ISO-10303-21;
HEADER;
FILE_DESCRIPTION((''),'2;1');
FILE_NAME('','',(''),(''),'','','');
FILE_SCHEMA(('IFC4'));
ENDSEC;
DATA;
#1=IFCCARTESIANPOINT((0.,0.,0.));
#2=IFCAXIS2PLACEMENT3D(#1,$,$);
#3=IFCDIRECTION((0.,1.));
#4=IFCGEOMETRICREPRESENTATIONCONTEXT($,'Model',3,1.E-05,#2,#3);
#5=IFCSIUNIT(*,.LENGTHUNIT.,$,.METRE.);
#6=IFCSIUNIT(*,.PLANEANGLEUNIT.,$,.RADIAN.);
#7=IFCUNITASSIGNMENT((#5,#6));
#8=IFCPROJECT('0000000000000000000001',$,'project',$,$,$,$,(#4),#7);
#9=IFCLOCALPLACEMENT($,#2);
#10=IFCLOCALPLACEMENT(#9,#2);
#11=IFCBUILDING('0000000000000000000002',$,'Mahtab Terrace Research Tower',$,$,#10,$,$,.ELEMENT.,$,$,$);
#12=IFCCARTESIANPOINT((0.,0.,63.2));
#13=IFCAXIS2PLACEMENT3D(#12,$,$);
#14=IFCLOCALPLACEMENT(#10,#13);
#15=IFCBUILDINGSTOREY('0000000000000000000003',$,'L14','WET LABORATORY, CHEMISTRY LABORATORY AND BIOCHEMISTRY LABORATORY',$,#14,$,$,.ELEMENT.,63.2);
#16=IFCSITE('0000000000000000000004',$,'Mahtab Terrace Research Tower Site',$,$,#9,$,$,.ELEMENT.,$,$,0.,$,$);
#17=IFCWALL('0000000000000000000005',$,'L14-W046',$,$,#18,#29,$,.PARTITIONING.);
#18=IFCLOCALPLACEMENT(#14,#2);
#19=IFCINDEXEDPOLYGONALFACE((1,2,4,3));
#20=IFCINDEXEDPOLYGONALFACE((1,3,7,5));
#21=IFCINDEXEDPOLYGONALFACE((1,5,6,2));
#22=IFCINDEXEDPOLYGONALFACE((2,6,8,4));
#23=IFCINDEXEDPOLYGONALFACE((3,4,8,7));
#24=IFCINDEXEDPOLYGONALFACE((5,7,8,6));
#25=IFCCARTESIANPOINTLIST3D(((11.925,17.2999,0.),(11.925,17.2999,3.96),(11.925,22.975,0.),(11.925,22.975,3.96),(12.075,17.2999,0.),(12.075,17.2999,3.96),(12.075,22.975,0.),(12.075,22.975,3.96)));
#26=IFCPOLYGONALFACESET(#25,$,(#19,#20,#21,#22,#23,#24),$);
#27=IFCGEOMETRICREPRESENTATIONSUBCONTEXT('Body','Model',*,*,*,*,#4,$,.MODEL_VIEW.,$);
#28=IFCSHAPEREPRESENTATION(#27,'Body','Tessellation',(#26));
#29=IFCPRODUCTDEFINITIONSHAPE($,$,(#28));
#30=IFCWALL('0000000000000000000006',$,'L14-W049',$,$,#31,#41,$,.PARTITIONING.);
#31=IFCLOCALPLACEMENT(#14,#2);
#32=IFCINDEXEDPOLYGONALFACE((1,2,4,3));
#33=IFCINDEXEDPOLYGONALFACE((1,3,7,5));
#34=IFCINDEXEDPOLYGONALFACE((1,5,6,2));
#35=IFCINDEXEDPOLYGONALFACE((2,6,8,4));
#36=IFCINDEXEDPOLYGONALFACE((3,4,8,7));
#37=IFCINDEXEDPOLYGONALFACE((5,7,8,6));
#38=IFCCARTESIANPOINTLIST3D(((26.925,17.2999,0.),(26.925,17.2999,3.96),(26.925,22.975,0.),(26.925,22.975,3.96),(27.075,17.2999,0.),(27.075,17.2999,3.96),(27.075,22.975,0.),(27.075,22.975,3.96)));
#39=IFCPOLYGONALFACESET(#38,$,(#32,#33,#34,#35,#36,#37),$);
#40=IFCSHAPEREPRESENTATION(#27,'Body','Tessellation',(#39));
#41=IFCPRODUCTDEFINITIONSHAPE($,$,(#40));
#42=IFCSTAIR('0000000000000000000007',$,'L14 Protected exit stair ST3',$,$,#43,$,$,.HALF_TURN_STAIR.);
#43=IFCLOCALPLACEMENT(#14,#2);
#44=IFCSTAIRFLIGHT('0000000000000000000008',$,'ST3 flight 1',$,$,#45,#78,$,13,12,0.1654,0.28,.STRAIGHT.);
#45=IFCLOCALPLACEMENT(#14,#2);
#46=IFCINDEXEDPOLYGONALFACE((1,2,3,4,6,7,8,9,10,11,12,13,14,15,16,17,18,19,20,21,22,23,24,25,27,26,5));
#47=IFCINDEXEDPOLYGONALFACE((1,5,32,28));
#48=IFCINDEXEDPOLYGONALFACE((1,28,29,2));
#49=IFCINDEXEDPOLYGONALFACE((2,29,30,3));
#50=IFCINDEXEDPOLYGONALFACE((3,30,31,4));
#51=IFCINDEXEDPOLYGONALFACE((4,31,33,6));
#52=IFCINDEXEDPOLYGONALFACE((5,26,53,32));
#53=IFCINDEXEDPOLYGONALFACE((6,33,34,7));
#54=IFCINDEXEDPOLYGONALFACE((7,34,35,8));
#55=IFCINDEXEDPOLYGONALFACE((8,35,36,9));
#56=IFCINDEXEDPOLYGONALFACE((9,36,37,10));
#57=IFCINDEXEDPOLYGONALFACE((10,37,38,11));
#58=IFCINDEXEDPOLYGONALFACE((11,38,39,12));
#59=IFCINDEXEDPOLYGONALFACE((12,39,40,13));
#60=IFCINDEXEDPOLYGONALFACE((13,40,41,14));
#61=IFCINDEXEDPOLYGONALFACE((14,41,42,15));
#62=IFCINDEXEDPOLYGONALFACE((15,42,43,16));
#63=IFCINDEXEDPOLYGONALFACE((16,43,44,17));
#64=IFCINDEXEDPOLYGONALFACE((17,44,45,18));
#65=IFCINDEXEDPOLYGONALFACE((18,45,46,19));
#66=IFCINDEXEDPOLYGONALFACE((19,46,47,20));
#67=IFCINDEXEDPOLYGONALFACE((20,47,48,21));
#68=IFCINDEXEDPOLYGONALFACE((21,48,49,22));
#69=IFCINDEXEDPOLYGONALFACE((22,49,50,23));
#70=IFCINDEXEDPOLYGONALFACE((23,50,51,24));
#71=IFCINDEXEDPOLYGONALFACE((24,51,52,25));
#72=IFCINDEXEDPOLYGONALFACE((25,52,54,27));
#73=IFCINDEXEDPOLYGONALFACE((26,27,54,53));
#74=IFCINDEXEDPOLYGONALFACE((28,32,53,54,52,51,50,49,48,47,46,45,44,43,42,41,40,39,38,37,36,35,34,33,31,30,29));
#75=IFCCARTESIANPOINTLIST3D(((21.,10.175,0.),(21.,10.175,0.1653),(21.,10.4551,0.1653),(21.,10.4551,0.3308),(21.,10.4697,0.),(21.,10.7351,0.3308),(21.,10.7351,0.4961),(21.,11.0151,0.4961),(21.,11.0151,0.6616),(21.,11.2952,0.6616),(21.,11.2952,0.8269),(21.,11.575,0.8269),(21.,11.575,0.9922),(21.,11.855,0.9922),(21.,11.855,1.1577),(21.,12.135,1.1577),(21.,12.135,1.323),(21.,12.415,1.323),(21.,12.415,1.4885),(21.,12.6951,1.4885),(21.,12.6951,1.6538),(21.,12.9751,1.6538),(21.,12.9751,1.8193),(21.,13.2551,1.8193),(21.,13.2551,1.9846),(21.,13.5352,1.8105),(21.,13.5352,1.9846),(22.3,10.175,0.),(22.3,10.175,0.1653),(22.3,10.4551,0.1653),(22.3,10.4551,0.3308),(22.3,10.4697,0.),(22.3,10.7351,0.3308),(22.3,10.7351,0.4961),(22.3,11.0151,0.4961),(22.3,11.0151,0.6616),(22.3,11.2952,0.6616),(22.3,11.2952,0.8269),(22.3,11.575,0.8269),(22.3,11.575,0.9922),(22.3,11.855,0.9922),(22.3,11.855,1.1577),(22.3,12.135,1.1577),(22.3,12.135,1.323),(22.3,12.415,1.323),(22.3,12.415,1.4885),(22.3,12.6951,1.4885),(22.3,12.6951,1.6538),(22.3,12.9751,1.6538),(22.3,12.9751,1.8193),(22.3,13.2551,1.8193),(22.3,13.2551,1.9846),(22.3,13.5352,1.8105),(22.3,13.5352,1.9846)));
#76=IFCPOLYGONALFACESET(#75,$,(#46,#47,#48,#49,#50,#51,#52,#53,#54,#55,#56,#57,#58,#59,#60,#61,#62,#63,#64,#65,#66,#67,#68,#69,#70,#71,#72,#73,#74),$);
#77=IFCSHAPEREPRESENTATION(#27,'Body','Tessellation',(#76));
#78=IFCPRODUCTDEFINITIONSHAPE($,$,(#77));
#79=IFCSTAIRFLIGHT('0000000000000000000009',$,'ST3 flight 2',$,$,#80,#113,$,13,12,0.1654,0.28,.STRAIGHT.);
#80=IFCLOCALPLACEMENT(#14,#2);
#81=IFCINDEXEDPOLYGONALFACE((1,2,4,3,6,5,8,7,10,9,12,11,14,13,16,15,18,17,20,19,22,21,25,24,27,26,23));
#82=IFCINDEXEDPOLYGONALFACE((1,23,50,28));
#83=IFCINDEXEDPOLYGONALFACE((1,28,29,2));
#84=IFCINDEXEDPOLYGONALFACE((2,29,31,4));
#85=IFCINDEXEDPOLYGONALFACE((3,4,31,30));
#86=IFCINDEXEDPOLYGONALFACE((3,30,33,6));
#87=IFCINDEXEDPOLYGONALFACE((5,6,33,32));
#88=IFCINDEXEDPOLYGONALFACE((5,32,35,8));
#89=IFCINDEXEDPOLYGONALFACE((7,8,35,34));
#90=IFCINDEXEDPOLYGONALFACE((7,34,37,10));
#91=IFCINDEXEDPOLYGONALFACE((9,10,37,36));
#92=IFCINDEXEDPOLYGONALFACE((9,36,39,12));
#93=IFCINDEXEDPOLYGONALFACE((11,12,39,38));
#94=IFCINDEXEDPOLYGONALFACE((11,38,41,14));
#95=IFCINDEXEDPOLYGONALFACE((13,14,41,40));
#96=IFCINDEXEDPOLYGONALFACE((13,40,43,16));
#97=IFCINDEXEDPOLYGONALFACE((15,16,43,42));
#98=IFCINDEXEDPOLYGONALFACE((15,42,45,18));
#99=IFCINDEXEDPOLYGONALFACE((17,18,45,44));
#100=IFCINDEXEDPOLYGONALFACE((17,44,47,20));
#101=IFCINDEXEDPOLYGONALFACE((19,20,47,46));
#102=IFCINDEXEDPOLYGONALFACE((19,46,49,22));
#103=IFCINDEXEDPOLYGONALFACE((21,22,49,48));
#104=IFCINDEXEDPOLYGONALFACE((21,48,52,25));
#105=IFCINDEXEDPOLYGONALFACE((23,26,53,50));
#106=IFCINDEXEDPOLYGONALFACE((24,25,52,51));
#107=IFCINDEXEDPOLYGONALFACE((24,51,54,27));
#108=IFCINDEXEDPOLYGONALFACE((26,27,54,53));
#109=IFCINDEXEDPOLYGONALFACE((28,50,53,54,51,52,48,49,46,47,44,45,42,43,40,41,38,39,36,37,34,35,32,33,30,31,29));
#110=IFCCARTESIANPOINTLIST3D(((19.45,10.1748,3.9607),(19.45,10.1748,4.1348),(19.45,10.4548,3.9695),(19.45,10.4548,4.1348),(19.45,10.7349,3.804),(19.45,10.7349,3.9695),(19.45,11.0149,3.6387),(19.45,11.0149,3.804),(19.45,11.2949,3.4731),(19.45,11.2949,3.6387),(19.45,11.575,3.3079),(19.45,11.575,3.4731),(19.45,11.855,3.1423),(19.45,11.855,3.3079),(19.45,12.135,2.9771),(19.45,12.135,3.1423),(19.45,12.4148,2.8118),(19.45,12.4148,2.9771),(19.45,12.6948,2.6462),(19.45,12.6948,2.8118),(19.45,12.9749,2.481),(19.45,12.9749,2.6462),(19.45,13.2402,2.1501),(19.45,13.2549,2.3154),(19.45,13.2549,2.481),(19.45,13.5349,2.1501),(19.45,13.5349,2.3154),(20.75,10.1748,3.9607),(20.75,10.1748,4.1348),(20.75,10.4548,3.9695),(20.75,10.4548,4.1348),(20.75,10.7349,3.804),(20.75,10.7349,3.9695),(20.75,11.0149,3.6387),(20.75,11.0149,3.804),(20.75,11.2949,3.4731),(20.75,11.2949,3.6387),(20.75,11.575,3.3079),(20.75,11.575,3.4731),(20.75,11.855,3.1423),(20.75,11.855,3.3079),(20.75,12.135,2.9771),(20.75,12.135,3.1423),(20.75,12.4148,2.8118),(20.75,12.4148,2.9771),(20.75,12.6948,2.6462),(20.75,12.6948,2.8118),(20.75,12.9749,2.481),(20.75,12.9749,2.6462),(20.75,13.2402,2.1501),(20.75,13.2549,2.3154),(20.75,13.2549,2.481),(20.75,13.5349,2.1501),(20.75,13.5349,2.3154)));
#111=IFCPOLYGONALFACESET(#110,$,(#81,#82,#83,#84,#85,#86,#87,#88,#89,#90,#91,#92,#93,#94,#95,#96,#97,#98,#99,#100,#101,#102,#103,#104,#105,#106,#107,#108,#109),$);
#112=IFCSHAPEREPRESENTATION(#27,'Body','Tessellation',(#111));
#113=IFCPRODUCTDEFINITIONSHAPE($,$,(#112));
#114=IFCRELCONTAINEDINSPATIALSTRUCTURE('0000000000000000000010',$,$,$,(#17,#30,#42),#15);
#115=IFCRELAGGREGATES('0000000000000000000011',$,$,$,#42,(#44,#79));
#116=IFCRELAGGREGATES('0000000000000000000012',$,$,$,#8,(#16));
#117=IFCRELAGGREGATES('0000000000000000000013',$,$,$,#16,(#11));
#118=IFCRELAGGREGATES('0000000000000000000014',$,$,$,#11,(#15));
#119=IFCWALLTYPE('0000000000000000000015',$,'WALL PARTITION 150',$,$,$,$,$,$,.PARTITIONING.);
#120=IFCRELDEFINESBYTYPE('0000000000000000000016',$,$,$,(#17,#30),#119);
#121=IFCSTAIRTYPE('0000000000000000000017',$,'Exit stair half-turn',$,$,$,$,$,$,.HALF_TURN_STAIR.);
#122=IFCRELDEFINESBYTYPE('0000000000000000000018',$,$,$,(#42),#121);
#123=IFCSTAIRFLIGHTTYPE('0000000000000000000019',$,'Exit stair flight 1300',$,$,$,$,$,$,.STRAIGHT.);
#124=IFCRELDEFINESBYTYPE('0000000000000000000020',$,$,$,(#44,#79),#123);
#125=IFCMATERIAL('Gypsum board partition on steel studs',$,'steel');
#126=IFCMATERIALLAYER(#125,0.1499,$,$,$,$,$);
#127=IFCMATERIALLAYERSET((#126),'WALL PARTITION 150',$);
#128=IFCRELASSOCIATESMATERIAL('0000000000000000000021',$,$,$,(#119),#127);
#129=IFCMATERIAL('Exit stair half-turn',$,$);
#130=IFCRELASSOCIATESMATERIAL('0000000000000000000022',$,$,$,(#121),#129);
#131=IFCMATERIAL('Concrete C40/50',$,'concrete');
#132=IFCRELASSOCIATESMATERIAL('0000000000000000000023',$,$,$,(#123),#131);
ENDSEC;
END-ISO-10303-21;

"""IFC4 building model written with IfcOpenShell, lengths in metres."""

from ifc_helpers import new_model, si_unit, direction, frame, frame_2d, origin, place, context, subcontext, project, spatial, polyline, rectangle, outline, extrude, material, layer, layer_set, type_object, element, aggregate, save


model = new_model("IFC4")

# Units and contexts
model_context = context("Model", 3, precision=1e-05, world=origin(), true_north=direction((0.0, 1.0)))
body_context = subcontext(model_context, "Body", "Model", "MODEL_VIEW")
ifc_project = project(units=[si_unit("LENGTHUNIT", "METRE"), si_unit("PLANEANGLEUNIT", "RADIAN")], contexts=[model_context])

# Site, building, storey
site_placement = place(None, origin())
site = spatial("IfcSite", under=ifc_project, at=site_placement, Name="Mahtab Terrace Research Tower Site", CompositionType="ELEMENT", RefElevation=0.0)
building_placement = place(site_placement, origin())
building = spatial("IfcBuilding", under=site, at=building_placement, Name="Mahtab Terrace Research Tower", CompositionType="ELEMENT")
storey_placement = place(building_placement, frame((0.0, 0.0, 63.2)))
storey = spatial("IfcBuildingStorey", under=building, at=storey_placement, Name="L14", Description="WET LABORATORY, CHEMISTRY LABORATORY AND BIOCHEMISTRY LABORATORY", CompositionType="ELEMENT", Elevation=63.2)

# Walls
ifc_material_1 = material(Name="Gypsum board partition on steel studs", Category="steel")
ifc_layer_1 = layer(ifc_material_1, 0.1499)
ifc_layer_set_1 = layer_set([ifc_layer_1], Name="WALL PARTITION 150")
wall_type_1 = type_object("IfcWallType", Name="WALL PARTITION 150", PredefinedType="PARTITIONING", material=ifc_layer_set_1)
for number, where, z_axis, x_axis, name in (
    (1, (12.0, 17.3, 0.0), (0.0, 0.0, 1.0), (0.0, 1.0, 0.0), "L14-W046"),
    (2, (27.0, 17.3, 0.0), (0.0, 0.0, 1.0), (0.0, 1.0, 0.0), "L14-W049"),
):
    element("IfcWall", number, at=place(storey_placement, frame(where, z_axis=z_axis, x_axis=x_axis)), inside=storey, type_object=wall_type_1, Name=name, PredefinedType="PARTITIONING", context=body_context, shape_type="SweptSolid", body=[
        extrude(rectangle(XDim=5.675, YDim=0.1499, at=frame_2d((2.8374, 0.0))), origin(), (0.0, 0.0, 1.0), 3.96),
    ])

# Stair, stair flights
ifc_material_2 = material(Name="Exit stair half-turn")
stair_type = type_object("IfcStairType", Name="Exit stair half-turn", PredefinedType="HALF_TURN_STAIR", material=ifc_material_2)
stair_placement = place(storey_placement, origin())
stair = element("IfcStair", 3, at=stair_placement, inside=storey, type_object=stair_type, Name="L14 Protected exit stair ST3", PredefinedType="HALF_TURN_STAIR")
ifc_material_3 = material(Name="Concrete C40/50", Category="concrete")
stair_flight_type = type_object("IfcStairFlightType", Name="Exit stair flight 1300", PredefinedType="STRAIGHT", material=ifc_material_3)
stair_flight_1_placement = place(storey_placement, frame((21.6499, 10.175, 0.0), z_axis=(0.0, 0.0, 1.0), x_axis=(0.0, 1.0, 0.0)))
stair_flight_1 = element("IfcStairFlight", 4, at=stair_flight_1_placement, type_object=stair_flight_type, Name="ST3 flight 1", NumberOfRisers=13, NumberOfTreads=12, PredefinedType="STRAIGHT", RiserHeight=0.1654, TreadLength=0.28, context=body_context, shape_type="SweptSolid", body=[
    extrude(outline(polyline([(0.0, 0.0), (0.0, 0.1653), (0.28, 0.1653), (0.28, 0.3308), (0.5601, 0.3308), (0.5601, 0.4961), (0.8401, 0.4961), (0.8401, 0.6616), (1.1201, 0.6616), (1.1201, 0.8269), (1.3999, 0.8269), (1.3999, 0.9922), (1.6799, 0.9922), (1.6799, 1.1577), (1.96, 1.1577), (1.96, 1.323), (2.24, 1.323), (2.24, 1.4885), (2.52, 1.4885), (2.52, 1.6538), (2.8, 1.6538), (2.8, 1.8193), (3.0801, 1.8193), (3.0801, 1.9846), (3.3601, 1.9846), (3.3601, 2.1499), (3.3601, 1.8105), (0.2947, 0.0), (0.0, 0.0)])), frame((0.0, 0.6499, 0.0), z_axis=(0.0, -1.0, 0.0), x_axis=(1.0, 0.0, 0.0)), (0.0, 0.0, 1.0), 1.3),
])
stair_flight_2_placement = place(storey_placement, frame((20.1001, 13.5349, 2.1501), z_axis=(0.0, 0.0, 1.0), x_axis=(0.0, -1.0, 0.0)))
stair_flight_2 = element("IfcStairFlight", 5, at=stair_flight_2_placement, type_object=stair_flight_type, Name="ST3 flight 2", NumberOfRisers=13, NumberOfTreads=12, PredefinedType="STRAIGHT", RiserHeight=0.1654, TreadLength=0.28, context=body_context, shape_type="SweptSolid", body=[
    extrude(outline(polyline([(0.0, 0.0), (0.0, 0.1653), (0.28, 0.1653), (0.28, 0.3308), (0.5601, 0.3308), (0.5601, 0.4961), (0.8401, 0.4961), (0.8401, 0.6616), (1.1201, 0.6616), (1.1201, 0.8269), (1.3999, 0.8269), (1.3999, 0.9922), (1.6799, 0.9922), (1.6799, 1.1577), (1.96, 1.1577), (1.96, 1.323), (2.24, 1.323), (2.24, 1.4885), (2.52, 1.4885), (2.52, 1.6538), (2.8, 1.6538), (2.8, 1.8193), (3.0801, 1.8193), (3.0801, 1.9846), (3.3601, 1.9846), (3.3601, 2.1499), (3.3601, 1.8105), (0.2947, 0.0), (0.0, 0.0)])), frame((0.0, 0.6499, 0.0), z_axis=(0.0, -1.0, 0.0), x_axis=(1.0, 0.0, 0.0)), (0.0, 0.0, 1.0), 1.3),
])
aggregate(stair, [stair_flight_1, stair_flight_2])

save(model, "model.ifc")
